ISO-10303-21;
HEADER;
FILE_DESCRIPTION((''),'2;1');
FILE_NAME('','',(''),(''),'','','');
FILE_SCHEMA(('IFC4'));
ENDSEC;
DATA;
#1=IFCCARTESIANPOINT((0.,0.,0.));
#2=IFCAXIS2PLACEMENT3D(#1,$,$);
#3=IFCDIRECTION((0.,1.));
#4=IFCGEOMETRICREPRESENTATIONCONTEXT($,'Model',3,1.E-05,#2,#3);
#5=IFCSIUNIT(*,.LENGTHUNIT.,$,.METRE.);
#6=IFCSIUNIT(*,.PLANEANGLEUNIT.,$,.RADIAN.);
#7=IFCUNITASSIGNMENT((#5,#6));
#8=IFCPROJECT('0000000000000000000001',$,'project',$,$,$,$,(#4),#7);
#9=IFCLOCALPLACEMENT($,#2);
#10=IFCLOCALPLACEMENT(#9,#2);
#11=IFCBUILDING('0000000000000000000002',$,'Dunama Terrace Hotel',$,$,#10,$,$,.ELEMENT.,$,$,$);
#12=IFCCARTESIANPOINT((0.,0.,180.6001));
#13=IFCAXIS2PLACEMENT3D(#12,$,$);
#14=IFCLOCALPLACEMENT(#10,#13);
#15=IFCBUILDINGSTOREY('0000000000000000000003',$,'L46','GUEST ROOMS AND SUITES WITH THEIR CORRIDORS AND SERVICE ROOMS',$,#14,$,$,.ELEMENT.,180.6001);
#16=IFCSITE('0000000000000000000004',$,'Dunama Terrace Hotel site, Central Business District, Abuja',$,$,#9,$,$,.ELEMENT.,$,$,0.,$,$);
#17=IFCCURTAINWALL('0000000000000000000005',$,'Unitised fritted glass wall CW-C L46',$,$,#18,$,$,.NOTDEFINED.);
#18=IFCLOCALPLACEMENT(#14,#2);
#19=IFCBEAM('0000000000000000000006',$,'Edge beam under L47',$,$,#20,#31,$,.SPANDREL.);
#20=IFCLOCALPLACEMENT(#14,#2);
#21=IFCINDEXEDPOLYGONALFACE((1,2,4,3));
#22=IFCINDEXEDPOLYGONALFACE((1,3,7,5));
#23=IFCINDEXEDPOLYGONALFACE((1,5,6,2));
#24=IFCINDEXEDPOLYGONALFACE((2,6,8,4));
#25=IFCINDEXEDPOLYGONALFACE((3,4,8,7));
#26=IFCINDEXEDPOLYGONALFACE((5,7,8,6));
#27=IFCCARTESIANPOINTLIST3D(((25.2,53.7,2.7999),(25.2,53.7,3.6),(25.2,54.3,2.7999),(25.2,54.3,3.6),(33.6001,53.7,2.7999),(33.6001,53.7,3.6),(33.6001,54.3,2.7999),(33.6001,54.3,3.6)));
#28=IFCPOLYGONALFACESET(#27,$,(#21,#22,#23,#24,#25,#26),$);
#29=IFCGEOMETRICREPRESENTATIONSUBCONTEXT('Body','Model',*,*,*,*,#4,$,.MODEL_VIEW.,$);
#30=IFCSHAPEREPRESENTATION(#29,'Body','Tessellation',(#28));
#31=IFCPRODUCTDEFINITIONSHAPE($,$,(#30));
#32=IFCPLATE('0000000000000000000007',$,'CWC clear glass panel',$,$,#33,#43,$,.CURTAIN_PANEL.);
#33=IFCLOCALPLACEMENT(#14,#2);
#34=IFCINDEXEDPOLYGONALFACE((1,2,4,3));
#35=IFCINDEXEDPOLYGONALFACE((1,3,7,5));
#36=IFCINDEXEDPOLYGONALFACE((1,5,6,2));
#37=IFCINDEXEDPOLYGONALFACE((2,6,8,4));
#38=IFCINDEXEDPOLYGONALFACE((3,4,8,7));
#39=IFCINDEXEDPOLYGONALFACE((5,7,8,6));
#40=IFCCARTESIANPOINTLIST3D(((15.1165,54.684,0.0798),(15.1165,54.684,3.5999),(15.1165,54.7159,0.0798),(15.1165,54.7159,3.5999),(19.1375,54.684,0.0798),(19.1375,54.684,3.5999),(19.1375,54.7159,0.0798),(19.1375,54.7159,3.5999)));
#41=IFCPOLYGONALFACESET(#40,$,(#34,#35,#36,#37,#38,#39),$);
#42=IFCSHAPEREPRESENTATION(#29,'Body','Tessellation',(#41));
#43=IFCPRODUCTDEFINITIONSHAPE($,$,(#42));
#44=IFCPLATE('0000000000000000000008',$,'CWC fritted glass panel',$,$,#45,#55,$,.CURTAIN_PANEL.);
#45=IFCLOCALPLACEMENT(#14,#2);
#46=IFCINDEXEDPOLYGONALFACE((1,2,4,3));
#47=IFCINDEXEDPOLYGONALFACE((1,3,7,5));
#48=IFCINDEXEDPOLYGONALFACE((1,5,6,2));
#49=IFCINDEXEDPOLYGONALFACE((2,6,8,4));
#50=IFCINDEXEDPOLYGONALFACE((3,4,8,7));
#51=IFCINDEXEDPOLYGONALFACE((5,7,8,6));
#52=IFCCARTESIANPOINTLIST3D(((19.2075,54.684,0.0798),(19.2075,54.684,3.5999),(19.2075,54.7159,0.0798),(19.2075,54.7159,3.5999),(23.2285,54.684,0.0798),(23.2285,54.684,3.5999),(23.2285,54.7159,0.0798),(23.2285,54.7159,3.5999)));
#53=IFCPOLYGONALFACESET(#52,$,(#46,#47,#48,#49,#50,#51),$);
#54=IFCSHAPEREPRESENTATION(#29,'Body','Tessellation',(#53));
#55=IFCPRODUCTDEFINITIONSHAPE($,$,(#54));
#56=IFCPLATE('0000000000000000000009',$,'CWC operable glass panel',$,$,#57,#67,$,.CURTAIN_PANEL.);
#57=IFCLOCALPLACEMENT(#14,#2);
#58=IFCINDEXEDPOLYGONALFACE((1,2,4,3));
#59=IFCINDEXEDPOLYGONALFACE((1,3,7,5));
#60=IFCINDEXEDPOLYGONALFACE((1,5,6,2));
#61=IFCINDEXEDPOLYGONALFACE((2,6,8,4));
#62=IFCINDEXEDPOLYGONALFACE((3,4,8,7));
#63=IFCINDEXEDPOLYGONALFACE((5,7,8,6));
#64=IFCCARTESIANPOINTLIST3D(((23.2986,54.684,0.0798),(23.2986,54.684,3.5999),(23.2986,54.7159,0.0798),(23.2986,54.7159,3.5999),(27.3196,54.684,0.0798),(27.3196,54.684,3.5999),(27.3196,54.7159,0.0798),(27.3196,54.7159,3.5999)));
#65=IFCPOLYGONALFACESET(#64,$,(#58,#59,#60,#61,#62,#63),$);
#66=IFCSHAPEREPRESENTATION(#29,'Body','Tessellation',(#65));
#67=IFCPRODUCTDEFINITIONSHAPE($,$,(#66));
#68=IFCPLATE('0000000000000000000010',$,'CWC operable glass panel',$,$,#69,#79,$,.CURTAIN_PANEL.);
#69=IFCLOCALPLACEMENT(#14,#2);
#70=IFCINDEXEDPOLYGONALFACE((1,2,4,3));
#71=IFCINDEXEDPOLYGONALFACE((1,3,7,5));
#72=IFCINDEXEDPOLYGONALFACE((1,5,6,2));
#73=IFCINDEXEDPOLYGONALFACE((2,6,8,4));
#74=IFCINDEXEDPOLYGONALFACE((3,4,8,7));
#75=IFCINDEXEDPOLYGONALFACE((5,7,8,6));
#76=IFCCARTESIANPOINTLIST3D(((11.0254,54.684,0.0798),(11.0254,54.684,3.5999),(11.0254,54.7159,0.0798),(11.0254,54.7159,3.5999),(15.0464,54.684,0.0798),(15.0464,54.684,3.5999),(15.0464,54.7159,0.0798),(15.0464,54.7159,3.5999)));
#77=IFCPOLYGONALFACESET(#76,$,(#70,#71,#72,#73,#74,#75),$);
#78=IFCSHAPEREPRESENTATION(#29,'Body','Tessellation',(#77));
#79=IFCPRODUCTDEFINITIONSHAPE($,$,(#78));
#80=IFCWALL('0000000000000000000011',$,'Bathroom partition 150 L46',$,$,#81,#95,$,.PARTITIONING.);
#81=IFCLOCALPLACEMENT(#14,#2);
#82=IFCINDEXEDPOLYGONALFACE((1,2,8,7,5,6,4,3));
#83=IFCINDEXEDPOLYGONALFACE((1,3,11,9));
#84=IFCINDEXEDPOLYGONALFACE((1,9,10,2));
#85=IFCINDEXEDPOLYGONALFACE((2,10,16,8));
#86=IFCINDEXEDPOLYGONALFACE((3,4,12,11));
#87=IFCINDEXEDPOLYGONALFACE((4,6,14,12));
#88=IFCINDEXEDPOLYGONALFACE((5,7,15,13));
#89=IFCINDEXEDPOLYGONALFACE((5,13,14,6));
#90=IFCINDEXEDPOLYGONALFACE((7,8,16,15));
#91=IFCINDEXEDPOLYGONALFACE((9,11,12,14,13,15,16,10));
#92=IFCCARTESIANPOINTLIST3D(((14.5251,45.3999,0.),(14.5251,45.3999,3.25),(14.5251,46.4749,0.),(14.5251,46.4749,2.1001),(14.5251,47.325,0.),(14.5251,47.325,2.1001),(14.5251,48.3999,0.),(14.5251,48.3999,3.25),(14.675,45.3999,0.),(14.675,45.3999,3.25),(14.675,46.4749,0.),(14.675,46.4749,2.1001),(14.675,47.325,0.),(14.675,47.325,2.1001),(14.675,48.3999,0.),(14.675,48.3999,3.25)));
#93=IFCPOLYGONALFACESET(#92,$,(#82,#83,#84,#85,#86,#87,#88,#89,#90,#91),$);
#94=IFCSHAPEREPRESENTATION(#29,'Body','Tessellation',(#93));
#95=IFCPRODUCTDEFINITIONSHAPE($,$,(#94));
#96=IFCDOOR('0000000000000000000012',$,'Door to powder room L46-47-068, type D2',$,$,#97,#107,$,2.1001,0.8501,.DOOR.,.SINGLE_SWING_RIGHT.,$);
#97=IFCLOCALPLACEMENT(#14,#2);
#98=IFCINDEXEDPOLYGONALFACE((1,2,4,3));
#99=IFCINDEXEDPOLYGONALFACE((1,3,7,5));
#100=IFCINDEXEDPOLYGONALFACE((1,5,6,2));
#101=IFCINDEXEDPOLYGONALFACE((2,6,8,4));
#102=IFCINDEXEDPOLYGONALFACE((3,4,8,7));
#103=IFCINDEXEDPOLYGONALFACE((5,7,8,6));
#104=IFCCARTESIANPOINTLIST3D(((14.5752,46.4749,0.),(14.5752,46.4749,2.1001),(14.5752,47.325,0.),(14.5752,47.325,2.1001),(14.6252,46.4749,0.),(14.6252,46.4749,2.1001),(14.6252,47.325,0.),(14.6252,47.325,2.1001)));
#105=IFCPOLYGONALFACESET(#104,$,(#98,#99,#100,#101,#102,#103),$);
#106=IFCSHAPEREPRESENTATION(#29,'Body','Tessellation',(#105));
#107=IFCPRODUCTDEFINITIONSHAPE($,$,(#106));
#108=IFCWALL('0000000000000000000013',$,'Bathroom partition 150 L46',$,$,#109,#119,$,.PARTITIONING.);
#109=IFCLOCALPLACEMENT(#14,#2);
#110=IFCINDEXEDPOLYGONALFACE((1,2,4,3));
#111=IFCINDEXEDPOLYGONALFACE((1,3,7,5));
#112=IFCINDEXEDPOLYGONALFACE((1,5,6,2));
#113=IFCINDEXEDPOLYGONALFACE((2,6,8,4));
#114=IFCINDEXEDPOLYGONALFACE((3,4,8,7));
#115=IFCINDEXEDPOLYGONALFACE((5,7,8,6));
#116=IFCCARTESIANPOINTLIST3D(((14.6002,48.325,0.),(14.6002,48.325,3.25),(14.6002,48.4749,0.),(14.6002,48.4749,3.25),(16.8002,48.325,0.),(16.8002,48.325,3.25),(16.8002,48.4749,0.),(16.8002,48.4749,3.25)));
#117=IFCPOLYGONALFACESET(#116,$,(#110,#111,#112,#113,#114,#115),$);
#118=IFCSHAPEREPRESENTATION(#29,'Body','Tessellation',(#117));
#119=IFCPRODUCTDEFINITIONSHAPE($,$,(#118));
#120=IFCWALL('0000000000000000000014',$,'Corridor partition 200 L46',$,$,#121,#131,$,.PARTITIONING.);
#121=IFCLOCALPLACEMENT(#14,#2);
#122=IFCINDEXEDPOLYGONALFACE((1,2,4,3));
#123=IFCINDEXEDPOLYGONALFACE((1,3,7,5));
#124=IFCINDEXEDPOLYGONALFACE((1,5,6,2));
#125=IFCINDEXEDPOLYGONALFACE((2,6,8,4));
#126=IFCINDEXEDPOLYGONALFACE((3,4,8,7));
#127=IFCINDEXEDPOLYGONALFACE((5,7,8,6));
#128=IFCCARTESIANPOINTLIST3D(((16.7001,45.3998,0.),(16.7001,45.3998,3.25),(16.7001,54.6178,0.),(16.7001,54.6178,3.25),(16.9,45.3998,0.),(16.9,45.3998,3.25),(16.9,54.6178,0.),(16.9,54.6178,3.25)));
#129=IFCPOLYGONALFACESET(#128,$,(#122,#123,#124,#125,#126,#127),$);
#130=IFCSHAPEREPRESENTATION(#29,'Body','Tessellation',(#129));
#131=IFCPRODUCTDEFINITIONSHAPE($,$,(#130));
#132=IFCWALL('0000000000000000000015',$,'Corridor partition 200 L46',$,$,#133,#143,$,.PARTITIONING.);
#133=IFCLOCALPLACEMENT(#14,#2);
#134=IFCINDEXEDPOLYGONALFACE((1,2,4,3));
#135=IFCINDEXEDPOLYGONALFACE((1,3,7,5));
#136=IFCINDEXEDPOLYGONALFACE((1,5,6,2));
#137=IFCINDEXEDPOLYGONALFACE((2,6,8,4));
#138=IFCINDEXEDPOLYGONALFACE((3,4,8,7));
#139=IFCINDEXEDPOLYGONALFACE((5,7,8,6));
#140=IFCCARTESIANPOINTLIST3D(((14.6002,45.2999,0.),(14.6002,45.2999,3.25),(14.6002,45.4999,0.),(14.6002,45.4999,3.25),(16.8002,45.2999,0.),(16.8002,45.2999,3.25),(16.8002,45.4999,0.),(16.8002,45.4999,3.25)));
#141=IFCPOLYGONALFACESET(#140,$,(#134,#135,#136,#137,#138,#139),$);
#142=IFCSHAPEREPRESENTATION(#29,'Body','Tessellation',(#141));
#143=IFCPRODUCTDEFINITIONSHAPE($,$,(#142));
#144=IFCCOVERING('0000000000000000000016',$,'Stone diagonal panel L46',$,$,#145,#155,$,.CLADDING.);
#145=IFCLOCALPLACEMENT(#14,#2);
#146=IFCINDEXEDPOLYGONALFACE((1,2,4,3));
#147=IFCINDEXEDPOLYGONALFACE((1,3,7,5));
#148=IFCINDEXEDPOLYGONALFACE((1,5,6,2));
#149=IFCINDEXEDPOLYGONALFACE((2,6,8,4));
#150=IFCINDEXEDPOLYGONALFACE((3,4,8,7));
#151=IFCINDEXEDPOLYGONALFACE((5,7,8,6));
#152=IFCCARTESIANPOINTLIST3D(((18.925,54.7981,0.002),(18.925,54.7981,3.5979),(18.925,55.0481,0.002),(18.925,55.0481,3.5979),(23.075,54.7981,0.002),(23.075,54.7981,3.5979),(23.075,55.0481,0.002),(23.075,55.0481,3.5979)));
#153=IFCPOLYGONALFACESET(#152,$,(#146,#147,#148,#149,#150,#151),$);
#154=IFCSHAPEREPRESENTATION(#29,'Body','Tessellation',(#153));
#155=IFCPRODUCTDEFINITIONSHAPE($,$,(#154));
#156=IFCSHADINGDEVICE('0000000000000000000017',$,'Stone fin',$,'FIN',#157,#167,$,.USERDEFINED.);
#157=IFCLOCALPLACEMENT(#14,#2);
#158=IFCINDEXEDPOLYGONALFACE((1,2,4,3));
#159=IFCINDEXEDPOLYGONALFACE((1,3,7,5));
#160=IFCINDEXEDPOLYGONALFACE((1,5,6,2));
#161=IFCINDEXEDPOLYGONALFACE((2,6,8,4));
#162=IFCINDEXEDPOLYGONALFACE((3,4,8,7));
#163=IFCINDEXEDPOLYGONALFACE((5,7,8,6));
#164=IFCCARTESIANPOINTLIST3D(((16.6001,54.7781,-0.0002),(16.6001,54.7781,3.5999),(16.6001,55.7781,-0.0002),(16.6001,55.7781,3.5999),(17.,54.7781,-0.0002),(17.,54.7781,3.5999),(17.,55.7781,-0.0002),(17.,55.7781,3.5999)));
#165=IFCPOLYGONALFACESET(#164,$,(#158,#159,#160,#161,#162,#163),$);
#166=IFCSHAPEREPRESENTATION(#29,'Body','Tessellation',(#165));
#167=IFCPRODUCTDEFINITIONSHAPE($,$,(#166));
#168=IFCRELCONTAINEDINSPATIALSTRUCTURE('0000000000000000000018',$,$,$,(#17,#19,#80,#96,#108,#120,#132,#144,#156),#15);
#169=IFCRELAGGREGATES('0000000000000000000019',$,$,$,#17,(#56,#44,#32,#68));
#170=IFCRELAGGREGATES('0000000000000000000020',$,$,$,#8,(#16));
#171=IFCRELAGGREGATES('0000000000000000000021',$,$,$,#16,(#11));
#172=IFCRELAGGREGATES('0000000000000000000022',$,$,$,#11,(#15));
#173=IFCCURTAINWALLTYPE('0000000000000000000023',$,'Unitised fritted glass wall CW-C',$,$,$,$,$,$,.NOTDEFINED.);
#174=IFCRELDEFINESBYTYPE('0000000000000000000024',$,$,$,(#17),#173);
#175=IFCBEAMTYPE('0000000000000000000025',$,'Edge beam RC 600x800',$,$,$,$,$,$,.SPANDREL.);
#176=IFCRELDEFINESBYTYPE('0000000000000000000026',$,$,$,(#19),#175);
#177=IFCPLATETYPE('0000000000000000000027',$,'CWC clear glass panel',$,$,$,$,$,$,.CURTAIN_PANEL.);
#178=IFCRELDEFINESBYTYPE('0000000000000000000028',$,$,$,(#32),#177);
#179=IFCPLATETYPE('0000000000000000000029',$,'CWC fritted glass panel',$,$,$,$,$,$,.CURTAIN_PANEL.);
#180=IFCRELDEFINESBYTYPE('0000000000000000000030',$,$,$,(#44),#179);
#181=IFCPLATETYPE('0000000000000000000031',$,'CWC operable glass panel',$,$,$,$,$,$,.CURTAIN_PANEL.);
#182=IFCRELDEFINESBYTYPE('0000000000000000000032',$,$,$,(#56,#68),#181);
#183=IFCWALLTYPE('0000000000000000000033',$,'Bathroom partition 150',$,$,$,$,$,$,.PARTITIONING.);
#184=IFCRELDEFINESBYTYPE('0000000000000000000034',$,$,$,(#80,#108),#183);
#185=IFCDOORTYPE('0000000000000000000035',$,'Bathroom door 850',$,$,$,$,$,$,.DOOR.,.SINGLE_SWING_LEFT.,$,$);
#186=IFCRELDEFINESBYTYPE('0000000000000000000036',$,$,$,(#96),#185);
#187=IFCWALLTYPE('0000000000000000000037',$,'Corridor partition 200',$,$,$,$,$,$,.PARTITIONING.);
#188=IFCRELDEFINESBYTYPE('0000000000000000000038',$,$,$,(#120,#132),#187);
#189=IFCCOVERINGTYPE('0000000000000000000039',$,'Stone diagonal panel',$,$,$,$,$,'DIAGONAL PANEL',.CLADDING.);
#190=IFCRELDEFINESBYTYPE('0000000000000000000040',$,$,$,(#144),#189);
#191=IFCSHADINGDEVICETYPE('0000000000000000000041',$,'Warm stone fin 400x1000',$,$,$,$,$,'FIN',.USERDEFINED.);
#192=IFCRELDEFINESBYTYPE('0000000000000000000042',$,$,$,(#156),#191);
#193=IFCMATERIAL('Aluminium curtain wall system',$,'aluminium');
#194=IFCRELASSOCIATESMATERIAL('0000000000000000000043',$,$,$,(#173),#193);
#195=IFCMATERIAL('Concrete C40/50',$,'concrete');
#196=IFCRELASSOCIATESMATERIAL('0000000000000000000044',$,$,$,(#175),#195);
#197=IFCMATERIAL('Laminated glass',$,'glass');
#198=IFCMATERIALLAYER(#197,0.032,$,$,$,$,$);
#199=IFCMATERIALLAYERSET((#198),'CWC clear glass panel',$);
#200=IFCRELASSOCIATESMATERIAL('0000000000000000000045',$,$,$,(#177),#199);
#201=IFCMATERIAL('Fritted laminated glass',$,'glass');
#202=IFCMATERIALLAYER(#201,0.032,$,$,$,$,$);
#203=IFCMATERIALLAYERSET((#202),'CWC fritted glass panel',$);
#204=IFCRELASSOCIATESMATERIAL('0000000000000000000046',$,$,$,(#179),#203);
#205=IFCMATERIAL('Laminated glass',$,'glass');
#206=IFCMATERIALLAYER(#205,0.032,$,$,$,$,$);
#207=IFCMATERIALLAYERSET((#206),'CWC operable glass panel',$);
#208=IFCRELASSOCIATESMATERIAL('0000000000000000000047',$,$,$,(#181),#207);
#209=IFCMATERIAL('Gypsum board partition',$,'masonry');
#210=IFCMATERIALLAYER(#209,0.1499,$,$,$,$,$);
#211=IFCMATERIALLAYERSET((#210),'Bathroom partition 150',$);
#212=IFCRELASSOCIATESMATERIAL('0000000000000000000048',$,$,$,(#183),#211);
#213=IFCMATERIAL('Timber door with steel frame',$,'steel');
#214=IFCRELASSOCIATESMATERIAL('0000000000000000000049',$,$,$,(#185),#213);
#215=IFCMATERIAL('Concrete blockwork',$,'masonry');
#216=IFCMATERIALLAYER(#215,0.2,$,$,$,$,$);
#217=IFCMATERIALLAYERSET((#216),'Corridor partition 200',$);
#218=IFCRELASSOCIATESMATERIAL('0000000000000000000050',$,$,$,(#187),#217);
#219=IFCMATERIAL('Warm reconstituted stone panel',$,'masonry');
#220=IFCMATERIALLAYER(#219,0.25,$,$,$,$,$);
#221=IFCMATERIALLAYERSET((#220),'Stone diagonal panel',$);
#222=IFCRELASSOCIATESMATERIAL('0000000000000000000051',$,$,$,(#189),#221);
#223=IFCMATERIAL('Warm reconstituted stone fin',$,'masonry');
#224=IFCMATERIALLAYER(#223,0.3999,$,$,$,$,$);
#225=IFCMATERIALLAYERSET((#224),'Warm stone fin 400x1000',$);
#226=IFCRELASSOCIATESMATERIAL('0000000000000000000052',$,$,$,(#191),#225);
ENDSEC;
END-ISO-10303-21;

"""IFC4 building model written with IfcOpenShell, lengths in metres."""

from ifc_helpers import new_model, si_unit, direction, frame, frame_2d, origin, origin_2d, place, context, subcontext, project, spatial, rectangle, extrude, material, layer, layer_set, material_profile, profile_set, type_object, element, fill, aggregate, save


model = new_model("IFC4")

# Units and contexts
model_context = context("Model", 3, precision=1e-05, world=origin(), true_north=direction((0.0, 1.0)))
body_context = subcontext(model_context, "Body", "Model", "MODEL_VIEW")
ifc_project = project(units=[si_unit("LENGTHUNIT", "METRE"), si_unit("PLANEANGLEUNIT", "RADIAN")], contexts=[model_context])

# Site, building, storey
site_placement = place(None, origin())
site = spatial("IfcSite", under=ifc_project, at=site_placement, Name="Dunama Terrace Hotel site, Central Business District, Abuja", CompositionType="ELEMENT", RefElevation=0.0)
building_placement = place(site_placement, origin())
building = spatial("IfcBuilding", under=site, at=building_placement, Name="Dunama Terrace Hotel", CompositionType="ELEMENT")
storey_placement = place(building_placement, frame((0.0, 0.0, 180.6001)))
storey = spatial("IfcBuildingStorey", under=building, at=storey_placement, Name="L46", Description="GUEST ROOMS AND SUITES WITH THEIR CORRIDORS AND SERVICE ROOMS", CompositionType="ELEMENT", Elevation=180.6001)

# Curtain wall
ifc_material_1 = material(Name="Aluminium curtain wall system", Category="aluminium")
curtain_wall_type = type_object("IfcCurtainWallType", Name="Unitised fritted glass wall CW-C", PredefinedType="NOTDEFINED", material=ifc_material_1)
curtain_wall_placement = place(storey_placement, origin())
curtain_wall = element("IfcCurtainWall", 1, at=curtain_wall_placement, inside=storey, type_object=curtain_wall_type, Name="Unitised fritted glass wall CW-C L46", PredefinedType="NOTDEFINED")

# Beam
ifc_material_2 = material(Name="Concrete C40/50", Category="concrete")
ifc_material_profile_1 = material_profile(ifc_material_2, rectangle(XDim=0.6001, YDim=0.8, at=origin_2d()), Name="RC 600x800")
ifc_profile_set_1 = profile_set([ifc_material_profile_1], Name="Concrete C40/50")
beam_type = type_object("IfcBeamType", Name="Edge beam RC 600x800", PredefinedType="SPANDREL", material=ifc_profile_set_1)
beam_1_placement = place(storey_placement, frame((25.2, 54.0, 3.2), z_axis=(1.0, 0.0, 0.0), x_axis=(0.0, 1.0, 0.0)))
element("IfcBeam", 2, at=beam_1_placement, inside=storey, type_object=beam_type, Name="Edge beam under L47", PredefinedType="SPANDREL", context=body_context, shape_type="SweptSolid", body=[
    extrude(rectangle(XDim=0.6001, YDim=0.8, at=origin_2d()), origin(), (0.0, 0.0, 1.0), 8.4001),
])

# Plates
ifc_material_3 = material(Name="Laminated glass", Category="glass")
ifc_layer_1 = layer(ifc_material_3, 0.032)
ifc_layer_set_1 = layer_set([ifc_layer_1], Name="CWC clear glass panel")
plate_type_1 = type_object("IfcPlateType", Name="CWC clear glass panel", PredefinedType="CURTAIN_PANEL", material=ifc_layer_set_1)
plate_1_placement = place(storey_placement, frame((17.127, 54.7, 0.0798), z_axis=(0.0, 0.0, 1.0), x_axis=(-1.0, 0.0, 0.0)))
plate_1 = element("IfcPlate", 3, at=plate_1_placement, type_object=plate_type_1, Name="CWC clear glass panel", PredefinedType="CURTAIN_PANEL", context=body_context, shape_type="SweptSolid", body=[
    extrude(rectangle(XDim=4.021, YDim=0.032, at=origin_2d()), origin(), (0.0, 0.0, 1.0), 3.52),
])
ifc_material_4 = material(Name="Fritted laminated glass", Category="glass")
ifc_layer_2 = layer(ifc_material_4, 0.032)
ifc_layer_set_2 = layer_set([ifc_layer_2], Name="CWC fritted glass panel")
plate_type_2 = type_object("IfcPlateType", Name="CWC fritted glass panel", PredefinedType="CURTAIN_PANEL", material=ifc_layer_set_2)
plate_2_placement = place(storey_placement, frame((21.218, 54.7, 0.0798), z_axis=(0.0, 0.0, 1.0), x_axis=(-1.0, 0.0, 0.0)))
plate_2 = element("IfcPlate", 4, at=plate_2_placement, type_object=plate_type_2, Name="CWC fritted glass panel", PredefinedType="CURTAIN_PANEL", context=body_context, shape_type="SweptSolid", body=[
    extrude(rectangle(XDim=4.021, YDim=0.032, at=origin_2d()), origin(), (0.0, 0.0, 1.0), 3.52),
])
ifc_material_5 = material(Name="Laminated glass", Category="glass")
ifc_layer_3 = layer(ifc_material_5, 0.032)
ifc_layer_set_3 = layer_set([ifc_layer_3], Name="CWC operable glass panel")
plate_type_3 = type_object("IfcPlateType", Name="CWC operable glass panel", PredefinedType="CURTAIN_PANEL", material=ifc_layer_set_3)
plate_3_placement = place(storey_placement, frame((25.3091, 54.7, 0.0798), z_axis=(0.0, 0.0, 1.0), x_axis=(-1.0, 0.0, 0.0)))
plate_3 = element("IfcPlate", 5, at=plate_3_placement, type_object=plate_type_3, Name="CWC operable glass panel", PredefinedType="CURTAIN_PANEL", context=body_context, shape_type="SweptSolid", body=[
    extrude(rectangle(XDim=4.021, YDim=0.032, at=origin_2d()), origin(), (0.0, 0.0, 1.0), 3.52),
])
plate_4_placement = place(storey_placement, frame((13.0359, 54.7, 0.0798), z_axis=(0.0, 0.0, 1.0), x_axis=(-1.0, 0.0, 0.0)))
plate_4 = element("IfcPlate", 6, at=plate_4_placement, type_object=plate_type_3, Name="CWC operable glass panel", PredefinedType="CURTAIN_PANEL", context=body_context, shape_type="SweptSolid", body=[
    extrude(rectangle(XDim=4.021, YDim=0.032, at=origin_2d()), origin(), (0.0, 0.0, 1.0), 3.52),
])
aggregate(curtain_wall, [plate_3, plate_2, plate_1, plate_4])

# Wall, opening, door
ifc_material_6 = material(Name="Gypsum board partition", Category="masonry")
ifc_layer_4 = layer(ifc_material_6, 0.1499)
ifc_layer_set_4 = layer_set([ifc_layer_4], Name="Bathroom partition 150")
wall_type_1 = type_object("IfcWallType", Name="Bathroom partition 150", PredefinedType="PARTITIONING", material=ifc_layer_set_4)
wall_1_placement = place(storey_placement, frame((14.6001, 45.3999, 0.0), z_axis=(0.0, 0.0, 1.0), x_axis=(0.0, 1.0, 0.0)))
wall_1 = element("IfcWall", 7, at=wall_1_placement, inside=storey, type_object=wall_type_1, Name="Bathroom partition 150 L46", PredefinedType="PARTITIONING", context=body_context, shape_type="SweptSolid", body=[
    extrude(rectangle(XDim=3.0, YDim=0.1499, at=frame_2d((1.5, 0.0))), origin(), (0.0, 0.0, 1.0), 3.25),
])
opening_placement = place(wall_1_placement, frame((1.075, 0.0, 0.0)))
opening = element("IfcOpeningElement", 8, at=opening_placement, cuts=wall_1, PredefinedType="OPENING", context=body_context, shape_type="SweptSolid", body=[
    extrude(rectangle(XDim=0.8501, YDim=2.1001, at=frame_2d((0.425, 1.05))), frame((0.0, 0.085, 0.0), z_axis=(0.0, -1.0, 0.0), x_axis=(1.0, 0.0, 0.0)), (0.0, 0.0, 1.0), 0.1699),
])
ifc_material_7 = material(Name="Timber door with steel frame", Category="steel")
door_type = type_object("IfcDoorType", Name="Bathroom door 850", OperationType="SINGLE_SWING_LEFT", PredefinedType="DOOR", material=ifc_material_7)
door_placement = place(opening_placement, frame((0.8501, 0.0, 0.0), z_axis=(0.0, 0.0, 1.0), x_axis=(-1.0, 0.0, 0.0)))
door = element("IfcDoor", 9, at=door_placement, inside=storey, type_object=door_type, Name="Door to powder room L46-47-068, type D2", OperationType="SINGLE_SWING_RIGHT", OverallHeight=2.1001, OverallWidth=0.8501, PredefinedType="DOOR", context=body_context, shape_type="SweptSolid", body=[
    extrude(rectangle(XDim=0.8501, YDim=2.1001, at=frame_2d((0.425, 1.05))), frame((0.0, 0.0251, 0.0), z_axis=(0.0, -1.0, 0.0), x_axis=(1.0, 0.0, 0.0)), (0.0, 0.0, 1.0), 0.05),
])
fill(opening, door)

# Walls
wall_2_placement = place(storey_placement, frame((14.6001, 48.3999, 0.0), z_axis=(0.0, 0.0, 1.0), x_axis=(1.0, 0.0, 0.0)))
element("IfcWall", 10, at=wall_2_placement, inside=storey, type_object=wall_type_1, Name="Bathroom partition 150 L46", PredefinedType="PARTITIONING", context=body_context, shape_type="SweptSolid", body=[
    extrude(rectangle(XDim=2.2, YDim=0.1499, at=frame_2d((1.1001, 0.0))), origin(), (0.0, 0.0, 1.0), 3.25),
])
ifc_material_8 = material(Name="Concrete blockwork", Category="masonry")
ifc_layer_5 = layer(ifc_material_8, 0.2)
ifc_layer_set_5 = layer_set([ifc_layer_5], Name="Corridor partition 200")
wall_type_2 = type_object("IfcWallType", Name="Corridor partition 200", PredefinedType="PARTITIONING", material=ifc_layer_set_5)
wall_3_placement = place(storey_placement, frame((16.8, 45.3999, 0.0), z_axis=(0.0, 0.0, 1.0), x_axis=(0.0, 1.0, 0.0)))
element("IfcWall", 11, at=wall_3_placement, inside=storey, type_object=wall_type_2, Name="Corridor partition 200 L46", PredefinedType="PARTITIONING", context=body_context, shape_type="SweptSolid", body=[
    extrude(rectangle(XDim=9.218, YDim=0.2, at=frame_2d((4.6089, 0.0))), origin(), (0.0, 0.0, 1.0), 3.25),
])
wall_4_placement = place(storey_placement, frame((14.6001, 45.3999, 0.0), z_axis=(0.0, 0.0, 1.0), x_axis=(1.0, 0.0, 0.0)))
element("IfcWall", 12, at=wall_4_placement, inside=storey, type_object=wall_type_2, Name="Corridor partition 200 L46", PredefinedType="PARTITIONING", context=body_context, shape_type="SweptSolid", body=[
    extrude(rectangle(XDim=2.2, YDim=0.2, at=frame_2d((1.1001, 0.0))), origin(), (0.0, 0.0, 1.0), 3.25),
])

# Covering
ifc_material_9 = material(Name="Warm reconstituted stone panel", Category="masonry")
ifc_layer_6 = layer(ifc_material_9, 0.25)
ifc_layer_set_6 = layer_set([ifc_layer_6], Name="Stone diagonal panel")
covering_type = type_object("IfcCoveringType", Name="Stone diagonal panel", ElementType="DIAGONAL PANEL", PredefinedType="CLADDING", material=ifc_layer_set_6)
covering_placement = place(storey_placement, frame((21.0, 54.9231, 0.002), z_axis=(0.0, 0.0, 1.0), x_axis=(-1.0, 0.0, 0.0)))
element("IfcCovering", 13, at=covering_placement, inside=storey, type_object=covering_type, Name="Stone diagonal panel L46", PredefinedType="CLADDING", context=body_context, shape_type="SweptSolid", body=[
    extrude(rectangle(XDim=4.1499, YDim=0.25, at=origin_2d()), origin(), (0.0, 0.0, 1.0), 3.5959),
])

# Shading device
ifc_material_10 = material(Name="Warm reconstituted stone fin", Category="masonry")
ifc_layer_7 = layer(ifc_material_10, 0.3999)
ifc_layer_set_7 = layer_set([ifc_layer_7], Name="Warm stone fin 400x1000")
shading_device_type = type_object("IfcShadingDeviceType", Name="Warm stone fin 400x1000", ElementType="FIN", PredefinedType="USERDEFINED", material=ifc_layer_set_7)
shading_device_placement = place(storey_placement, frame((16.8, 55.2781, -0.0002), z_axis=(0.0, 0.0, 1.0), x_axis=(-1.0, 0.0, 0.0)))
element("IfcShadingDevice", 14, at=shading_device_placement, inside=storey, type_object=shading_device_type, Name="Stone fin", ObjectType="FIN", PredefinedType="USERDEFINED", context=body_context, shape_type="SweptSolid", body=[
    extrude(rectangle(XDim=0.3999, YDim=1.0, at=origin_2d()), origin(), (0.0, 0.0, 1.0), 3.6001),
])

save(model, "model.ifc")
